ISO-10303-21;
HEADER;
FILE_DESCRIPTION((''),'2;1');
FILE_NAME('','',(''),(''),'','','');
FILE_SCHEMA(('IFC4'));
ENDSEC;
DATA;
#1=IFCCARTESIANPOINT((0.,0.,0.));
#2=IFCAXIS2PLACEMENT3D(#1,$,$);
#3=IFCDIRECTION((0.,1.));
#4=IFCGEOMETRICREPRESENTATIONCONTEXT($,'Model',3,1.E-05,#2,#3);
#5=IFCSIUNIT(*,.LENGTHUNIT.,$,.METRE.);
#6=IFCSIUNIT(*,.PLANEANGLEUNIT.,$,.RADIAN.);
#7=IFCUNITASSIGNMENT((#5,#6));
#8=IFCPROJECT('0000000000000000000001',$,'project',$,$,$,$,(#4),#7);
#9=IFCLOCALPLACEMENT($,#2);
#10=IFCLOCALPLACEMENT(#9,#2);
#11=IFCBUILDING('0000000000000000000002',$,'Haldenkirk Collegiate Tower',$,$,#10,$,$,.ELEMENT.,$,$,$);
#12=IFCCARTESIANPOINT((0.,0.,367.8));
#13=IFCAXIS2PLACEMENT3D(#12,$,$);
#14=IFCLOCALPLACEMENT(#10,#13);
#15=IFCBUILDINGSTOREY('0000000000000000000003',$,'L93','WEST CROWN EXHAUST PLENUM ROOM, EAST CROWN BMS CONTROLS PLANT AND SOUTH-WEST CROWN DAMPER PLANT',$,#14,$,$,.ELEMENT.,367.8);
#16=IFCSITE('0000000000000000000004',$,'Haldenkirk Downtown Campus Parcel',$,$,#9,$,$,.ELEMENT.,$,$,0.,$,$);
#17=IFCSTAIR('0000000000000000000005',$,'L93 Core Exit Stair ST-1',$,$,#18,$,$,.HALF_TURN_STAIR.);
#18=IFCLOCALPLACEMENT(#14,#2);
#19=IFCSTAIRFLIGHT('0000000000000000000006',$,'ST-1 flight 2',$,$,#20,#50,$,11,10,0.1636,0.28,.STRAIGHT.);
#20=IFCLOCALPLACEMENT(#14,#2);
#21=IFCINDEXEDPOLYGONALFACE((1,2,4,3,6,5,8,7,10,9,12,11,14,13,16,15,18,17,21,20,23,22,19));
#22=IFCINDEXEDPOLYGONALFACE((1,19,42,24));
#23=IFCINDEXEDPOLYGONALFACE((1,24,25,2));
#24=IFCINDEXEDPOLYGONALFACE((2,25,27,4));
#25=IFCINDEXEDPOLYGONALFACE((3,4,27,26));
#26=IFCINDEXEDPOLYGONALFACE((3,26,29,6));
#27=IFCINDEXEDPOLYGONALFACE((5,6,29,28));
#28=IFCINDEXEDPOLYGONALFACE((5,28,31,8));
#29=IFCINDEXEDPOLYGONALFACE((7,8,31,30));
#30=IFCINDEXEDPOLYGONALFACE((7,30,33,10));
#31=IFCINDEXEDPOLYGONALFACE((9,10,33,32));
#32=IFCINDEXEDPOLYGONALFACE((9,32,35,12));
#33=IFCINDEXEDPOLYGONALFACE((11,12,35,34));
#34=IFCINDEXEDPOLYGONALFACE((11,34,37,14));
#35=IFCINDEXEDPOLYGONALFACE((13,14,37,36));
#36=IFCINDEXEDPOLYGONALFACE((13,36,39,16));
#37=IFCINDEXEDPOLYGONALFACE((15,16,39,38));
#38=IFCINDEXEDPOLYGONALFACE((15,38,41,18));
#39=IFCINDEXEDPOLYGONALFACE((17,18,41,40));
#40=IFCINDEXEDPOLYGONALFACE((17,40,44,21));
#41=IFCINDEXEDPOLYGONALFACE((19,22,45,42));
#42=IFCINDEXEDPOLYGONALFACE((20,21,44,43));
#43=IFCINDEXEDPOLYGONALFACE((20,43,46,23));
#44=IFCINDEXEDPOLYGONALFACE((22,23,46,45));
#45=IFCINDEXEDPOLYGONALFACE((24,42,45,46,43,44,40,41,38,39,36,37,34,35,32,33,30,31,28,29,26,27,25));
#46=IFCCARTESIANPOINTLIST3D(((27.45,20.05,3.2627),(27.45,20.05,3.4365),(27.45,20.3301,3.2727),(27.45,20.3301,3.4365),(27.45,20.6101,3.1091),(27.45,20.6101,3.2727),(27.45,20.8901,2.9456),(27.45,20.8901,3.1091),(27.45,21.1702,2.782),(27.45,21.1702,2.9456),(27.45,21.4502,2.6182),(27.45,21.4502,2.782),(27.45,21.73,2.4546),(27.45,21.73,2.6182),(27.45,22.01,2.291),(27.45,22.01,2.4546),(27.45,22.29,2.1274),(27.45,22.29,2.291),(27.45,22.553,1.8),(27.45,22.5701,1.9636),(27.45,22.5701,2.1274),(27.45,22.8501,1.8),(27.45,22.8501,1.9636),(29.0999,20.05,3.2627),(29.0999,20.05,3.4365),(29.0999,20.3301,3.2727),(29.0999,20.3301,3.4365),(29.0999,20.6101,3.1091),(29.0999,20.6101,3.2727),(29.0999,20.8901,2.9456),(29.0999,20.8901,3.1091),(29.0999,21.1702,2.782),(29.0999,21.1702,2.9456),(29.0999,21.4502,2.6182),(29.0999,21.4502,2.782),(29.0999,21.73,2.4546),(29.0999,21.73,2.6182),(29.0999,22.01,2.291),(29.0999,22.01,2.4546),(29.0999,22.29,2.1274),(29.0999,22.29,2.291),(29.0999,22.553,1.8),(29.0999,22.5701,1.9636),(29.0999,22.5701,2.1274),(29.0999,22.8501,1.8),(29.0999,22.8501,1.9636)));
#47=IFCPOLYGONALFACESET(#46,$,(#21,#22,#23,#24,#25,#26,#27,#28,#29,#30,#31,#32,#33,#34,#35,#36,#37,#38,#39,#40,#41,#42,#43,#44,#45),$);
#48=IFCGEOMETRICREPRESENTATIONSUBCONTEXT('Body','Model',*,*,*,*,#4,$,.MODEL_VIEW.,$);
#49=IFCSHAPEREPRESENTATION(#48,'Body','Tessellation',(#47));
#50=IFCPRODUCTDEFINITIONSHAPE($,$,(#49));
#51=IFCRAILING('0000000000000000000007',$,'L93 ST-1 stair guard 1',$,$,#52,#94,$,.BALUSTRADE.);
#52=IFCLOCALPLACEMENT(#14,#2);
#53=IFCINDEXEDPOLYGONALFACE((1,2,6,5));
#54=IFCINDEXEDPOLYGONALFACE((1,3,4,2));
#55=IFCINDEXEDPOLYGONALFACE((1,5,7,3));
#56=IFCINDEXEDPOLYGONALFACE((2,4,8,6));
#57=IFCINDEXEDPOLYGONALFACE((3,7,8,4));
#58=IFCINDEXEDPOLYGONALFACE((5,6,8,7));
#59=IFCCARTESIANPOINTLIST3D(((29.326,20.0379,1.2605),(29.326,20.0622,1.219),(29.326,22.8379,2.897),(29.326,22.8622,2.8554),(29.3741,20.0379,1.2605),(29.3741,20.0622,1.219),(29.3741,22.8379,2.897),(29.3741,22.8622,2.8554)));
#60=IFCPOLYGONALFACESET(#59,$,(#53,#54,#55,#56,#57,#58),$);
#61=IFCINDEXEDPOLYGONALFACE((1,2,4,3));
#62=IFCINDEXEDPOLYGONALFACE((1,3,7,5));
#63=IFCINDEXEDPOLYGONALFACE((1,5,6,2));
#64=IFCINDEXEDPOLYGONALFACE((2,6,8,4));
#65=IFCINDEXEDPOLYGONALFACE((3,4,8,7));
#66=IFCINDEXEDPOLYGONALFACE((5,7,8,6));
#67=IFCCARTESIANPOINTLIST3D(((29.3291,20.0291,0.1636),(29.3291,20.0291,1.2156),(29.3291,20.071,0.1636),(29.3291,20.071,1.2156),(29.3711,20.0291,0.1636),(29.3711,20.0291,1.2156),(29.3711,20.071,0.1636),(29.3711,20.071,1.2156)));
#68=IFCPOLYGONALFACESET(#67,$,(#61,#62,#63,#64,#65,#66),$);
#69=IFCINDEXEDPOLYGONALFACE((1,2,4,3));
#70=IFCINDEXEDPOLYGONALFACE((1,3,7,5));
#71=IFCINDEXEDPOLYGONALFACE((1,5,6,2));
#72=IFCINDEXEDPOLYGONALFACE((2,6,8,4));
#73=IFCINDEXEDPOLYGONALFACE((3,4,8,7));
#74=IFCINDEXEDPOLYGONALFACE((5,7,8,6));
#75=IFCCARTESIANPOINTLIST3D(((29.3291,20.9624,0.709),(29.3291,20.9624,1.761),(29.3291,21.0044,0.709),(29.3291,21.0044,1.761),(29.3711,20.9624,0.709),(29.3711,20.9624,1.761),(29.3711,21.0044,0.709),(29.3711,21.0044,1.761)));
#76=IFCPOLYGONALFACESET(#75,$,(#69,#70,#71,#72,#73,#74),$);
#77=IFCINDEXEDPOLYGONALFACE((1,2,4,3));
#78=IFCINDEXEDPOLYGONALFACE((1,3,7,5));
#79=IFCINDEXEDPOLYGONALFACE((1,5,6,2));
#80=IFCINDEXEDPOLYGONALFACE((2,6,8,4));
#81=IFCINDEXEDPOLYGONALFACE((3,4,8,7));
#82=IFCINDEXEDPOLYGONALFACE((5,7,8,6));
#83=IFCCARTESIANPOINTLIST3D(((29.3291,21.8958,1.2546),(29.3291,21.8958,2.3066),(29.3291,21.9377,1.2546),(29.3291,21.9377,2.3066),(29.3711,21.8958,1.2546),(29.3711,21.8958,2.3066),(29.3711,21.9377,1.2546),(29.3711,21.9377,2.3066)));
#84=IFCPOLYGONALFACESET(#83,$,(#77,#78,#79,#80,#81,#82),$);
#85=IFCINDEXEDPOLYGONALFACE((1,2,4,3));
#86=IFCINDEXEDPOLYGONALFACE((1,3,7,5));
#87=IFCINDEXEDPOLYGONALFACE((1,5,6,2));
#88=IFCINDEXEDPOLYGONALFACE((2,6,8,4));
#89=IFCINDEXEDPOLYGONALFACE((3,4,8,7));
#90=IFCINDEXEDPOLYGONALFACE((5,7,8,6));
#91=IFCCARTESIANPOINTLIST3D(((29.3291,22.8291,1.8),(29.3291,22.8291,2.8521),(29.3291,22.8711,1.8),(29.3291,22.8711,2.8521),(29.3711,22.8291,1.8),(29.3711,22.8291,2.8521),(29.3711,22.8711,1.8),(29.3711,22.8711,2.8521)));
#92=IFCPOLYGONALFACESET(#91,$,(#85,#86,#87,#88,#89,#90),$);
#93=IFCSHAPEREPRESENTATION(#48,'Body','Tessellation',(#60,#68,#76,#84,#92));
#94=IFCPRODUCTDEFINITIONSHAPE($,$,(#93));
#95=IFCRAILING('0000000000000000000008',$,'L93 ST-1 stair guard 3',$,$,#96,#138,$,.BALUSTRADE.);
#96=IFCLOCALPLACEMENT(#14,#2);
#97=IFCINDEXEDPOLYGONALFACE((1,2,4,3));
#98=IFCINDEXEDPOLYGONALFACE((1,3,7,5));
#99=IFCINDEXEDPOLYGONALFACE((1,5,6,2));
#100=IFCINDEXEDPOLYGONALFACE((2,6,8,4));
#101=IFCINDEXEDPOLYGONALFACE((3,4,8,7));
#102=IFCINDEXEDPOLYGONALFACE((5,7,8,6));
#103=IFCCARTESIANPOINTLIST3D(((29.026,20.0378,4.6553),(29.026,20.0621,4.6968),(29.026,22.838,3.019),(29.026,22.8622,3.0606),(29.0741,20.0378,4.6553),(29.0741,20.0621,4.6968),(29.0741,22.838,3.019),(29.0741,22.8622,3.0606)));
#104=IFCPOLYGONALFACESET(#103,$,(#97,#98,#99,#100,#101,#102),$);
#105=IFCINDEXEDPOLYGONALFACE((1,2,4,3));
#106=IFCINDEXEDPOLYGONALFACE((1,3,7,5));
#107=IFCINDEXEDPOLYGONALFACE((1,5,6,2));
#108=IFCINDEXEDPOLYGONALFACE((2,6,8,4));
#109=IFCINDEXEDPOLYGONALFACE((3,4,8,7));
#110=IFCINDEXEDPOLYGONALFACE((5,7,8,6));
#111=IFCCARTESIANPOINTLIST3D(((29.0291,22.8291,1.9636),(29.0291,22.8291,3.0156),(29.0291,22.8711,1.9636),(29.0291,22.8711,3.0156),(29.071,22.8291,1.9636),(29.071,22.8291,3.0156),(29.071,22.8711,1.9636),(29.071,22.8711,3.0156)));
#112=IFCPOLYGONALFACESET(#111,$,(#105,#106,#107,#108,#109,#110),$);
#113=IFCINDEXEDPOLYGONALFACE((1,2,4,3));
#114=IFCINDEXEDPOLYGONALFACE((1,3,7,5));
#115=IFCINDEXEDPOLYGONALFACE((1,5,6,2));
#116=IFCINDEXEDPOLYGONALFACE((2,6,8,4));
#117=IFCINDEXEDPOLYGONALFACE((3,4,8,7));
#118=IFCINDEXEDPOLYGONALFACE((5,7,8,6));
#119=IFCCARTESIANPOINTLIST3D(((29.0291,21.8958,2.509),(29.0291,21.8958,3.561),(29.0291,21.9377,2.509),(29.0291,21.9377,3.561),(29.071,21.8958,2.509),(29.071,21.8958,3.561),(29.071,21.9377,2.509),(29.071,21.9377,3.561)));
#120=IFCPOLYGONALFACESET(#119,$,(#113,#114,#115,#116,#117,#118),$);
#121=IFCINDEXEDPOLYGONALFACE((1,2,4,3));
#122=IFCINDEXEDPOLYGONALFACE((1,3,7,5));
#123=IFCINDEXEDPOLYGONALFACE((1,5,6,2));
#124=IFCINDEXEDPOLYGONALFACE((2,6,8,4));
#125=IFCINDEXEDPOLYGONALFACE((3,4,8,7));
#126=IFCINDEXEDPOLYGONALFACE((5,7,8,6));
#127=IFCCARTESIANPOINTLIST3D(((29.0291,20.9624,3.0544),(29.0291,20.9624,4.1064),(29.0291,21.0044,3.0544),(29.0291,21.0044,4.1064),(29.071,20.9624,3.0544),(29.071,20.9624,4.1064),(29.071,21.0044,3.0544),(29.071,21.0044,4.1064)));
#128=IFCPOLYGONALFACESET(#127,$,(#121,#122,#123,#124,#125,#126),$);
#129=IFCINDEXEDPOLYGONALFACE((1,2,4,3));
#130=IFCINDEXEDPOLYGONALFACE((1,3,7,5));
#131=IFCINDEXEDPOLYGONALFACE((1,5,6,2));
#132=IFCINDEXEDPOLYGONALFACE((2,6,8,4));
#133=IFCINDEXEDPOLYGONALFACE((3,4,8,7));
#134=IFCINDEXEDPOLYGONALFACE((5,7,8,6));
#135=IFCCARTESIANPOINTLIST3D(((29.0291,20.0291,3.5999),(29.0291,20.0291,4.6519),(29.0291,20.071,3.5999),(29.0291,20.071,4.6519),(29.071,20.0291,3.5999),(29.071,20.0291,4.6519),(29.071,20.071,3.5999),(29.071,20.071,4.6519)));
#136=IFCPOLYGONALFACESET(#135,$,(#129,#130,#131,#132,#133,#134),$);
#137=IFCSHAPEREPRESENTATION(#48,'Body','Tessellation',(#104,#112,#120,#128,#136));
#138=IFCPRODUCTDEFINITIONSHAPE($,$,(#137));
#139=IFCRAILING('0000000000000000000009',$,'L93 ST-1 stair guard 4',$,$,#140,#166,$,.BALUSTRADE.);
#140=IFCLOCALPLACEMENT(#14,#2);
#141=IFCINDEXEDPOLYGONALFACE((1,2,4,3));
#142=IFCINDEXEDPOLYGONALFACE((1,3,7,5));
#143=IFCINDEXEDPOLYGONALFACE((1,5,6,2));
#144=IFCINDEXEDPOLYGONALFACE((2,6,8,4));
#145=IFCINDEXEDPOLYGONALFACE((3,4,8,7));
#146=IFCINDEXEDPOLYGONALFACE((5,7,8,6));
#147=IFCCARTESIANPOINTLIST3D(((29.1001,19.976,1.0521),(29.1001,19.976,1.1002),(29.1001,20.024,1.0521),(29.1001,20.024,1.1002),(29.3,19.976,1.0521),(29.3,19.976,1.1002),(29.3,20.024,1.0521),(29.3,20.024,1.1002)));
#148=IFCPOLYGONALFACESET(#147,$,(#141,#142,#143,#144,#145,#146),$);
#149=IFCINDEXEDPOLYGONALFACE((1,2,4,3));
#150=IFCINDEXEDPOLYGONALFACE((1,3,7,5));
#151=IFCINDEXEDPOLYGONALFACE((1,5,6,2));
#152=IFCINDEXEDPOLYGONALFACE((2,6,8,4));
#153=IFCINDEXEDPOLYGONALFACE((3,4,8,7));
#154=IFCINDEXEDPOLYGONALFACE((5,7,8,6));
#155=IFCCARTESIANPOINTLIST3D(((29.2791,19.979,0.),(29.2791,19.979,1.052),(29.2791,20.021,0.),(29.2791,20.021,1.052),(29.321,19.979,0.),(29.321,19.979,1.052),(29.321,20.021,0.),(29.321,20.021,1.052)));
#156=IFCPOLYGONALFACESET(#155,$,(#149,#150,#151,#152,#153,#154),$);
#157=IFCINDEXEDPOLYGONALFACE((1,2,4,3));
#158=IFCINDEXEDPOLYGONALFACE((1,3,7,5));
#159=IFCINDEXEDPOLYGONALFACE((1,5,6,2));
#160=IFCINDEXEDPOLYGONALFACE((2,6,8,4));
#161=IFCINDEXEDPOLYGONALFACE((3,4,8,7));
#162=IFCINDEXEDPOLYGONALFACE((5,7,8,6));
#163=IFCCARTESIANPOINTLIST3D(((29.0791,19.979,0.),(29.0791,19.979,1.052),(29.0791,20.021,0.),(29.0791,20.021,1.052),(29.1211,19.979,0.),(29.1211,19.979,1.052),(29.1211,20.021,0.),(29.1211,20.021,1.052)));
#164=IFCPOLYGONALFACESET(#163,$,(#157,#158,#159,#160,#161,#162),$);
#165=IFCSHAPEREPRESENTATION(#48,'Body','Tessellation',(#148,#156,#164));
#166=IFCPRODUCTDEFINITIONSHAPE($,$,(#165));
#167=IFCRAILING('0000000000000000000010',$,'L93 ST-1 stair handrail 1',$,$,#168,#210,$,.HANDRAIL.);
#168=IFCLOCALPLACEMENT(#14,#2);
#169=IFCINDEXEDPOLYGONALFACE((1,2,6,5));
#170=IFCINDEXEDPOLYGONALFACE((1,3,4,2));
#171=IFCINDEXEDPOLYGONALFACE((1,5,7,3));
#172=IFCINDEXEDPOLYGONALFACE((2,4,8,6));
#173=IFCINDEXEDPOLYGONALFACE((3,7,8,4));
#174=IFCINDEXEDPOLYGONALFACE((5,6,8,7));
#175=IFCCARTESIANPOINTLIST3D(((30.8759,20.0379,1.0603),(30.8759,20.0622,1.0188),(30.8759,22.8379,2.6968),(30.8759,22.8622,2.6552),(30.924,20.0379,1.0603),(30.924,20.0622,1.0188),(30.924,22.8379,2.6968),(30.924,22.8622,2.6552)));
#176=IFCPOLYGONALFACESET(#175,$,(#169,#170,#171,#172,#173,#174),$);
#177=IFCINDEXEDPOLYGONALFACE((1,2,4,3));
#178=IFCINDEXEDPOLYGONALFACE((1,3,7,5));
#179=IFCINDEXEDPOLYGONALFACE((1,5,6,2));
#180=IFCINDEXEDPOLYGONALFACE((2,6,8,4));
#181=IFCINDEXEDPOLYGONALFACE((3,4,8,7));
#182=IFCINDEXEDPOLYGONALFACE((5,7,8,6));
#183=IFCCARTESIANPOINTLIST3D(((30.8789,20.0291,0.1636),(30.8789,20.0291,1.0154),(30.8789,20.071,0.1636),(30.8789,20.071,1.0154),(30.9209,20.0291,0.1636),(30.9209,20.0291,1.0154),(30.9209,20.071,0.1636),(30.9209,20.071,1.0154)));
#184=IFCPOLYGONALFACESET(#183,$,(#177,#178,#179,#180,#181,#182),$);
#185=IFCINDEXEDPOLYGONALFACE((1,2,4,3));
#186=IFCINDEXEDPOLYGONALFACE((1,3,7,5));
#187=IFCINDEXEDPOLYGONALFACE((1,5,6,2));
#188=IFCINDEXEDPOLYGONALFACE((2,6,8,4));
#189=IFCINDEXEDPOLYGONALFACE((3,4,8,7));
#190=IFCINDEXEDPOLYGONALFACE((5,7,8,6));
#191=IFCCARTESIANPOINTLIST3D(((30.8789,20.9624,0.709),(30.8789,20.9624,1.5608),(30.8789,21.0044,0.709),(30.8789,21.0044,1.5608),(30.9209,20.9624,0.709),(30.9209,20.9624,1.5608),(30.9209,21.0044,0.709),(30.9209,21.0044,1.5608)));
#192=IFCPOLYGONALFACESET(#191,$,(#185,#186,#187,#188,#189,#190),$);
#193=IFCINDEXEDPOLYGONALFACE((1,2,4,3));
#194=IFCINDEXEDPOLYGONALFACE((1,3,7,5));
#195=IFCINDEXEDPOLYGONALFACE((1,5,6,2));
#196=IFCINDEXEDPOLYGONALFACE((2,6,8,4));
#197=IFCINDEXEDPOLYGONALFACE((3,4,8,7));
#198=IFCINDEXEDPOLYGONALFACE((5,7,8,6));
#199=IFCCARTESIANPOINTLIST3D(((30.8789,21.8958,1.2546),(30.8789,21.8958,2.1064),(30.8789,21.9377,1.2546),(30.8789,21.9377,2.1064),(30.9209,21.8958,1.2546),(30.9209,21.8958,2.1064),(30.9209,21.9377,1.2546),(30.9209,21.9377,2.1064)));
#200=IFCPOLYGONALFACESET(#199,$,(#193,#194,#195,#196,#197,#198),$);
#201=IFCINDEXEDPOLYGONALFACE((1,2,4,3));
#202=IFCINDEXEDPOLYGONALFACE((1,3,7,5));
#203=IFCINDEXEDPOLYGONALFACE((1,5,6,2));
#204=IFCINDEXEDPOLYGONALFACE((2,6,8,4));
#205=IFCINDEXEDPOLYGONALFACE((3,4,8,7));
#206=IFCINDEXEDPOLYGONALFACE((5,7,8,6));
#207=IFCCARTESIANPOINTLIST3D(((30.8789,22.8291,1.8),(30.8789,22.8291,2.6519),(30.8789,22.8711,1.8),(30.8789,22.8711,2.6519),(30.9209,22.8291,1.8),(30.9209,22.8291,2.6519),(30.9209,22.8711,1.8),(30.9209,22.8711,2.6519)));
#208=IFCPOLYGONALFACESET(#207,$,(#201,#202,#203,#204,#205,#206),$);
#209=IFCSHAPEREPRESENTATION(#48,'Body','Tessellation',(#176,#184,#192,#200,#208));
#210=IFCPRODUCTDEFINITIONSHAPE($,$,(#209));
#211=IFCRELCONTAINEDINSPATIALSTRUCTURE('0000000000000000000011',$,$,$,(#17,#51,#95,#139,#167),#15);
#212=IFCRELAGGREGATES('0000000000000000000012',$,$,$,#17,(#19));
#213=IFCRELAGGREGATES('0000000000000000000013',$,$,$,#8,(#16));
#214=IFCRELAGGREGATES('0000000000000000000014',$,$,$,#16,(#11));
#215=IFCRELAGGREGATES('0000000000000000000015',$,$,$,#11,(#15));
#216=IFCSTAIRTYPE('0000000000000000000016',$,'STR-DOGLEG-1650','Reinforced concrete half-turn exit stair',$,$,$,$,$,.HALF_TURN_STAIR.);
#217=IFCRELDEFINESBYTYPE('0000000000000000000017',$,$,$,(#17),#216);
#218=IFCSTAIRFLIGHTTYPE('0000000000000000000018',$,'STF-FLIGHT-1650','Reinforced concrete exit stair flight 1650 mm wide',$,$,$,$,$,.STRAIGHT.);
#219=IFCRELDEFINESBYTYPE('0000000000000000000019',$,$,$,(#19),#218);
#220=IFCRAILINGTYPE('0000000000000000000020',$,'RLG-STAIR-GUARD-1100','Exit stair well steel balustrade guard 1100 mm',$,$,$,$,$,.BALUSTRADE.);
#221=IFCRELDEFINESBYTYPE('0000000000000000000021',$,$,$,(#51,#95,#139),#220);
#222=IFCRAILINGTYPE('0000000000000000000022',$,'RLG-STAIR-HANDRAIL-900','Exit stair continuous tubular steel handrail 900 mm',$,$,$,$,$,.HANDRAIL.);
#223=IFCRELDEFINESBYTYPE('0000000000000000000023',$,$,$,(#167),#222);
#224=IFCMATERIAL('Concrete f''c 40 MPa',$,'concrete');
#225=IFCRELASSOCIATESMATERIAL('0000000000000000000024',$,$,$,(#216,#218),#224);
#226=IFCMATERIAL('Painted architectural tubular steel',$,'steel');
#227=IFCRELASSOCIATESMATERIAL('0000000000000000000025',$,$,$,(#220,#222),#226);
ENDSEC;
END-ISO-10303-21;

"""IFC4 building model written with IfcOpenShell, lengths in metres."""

from ifc_helpers import new_model, si_unit, direction, frame, origin, origin_2d, place, context, subcontext, project, spatial, polyline, rectangle, outline, extrude, material, type_object, element, aggregate, save


model = new_model("IFC4")

# Units and contexts
model_context = context("Model", 3, precision=1e-05, world=origin(), true_north=direction((0.0, 1.0)))
body_context = subcontext(model_context, "Body", "Model", "MODEL_VIEW")
ifc_project = project(units=[si_unit("LENGTHUNIT", "METRE"), si_unit("PLANEANGLEUNIT", "RADIAN")], contexts=[model_context])

# Site, building, storey
site_placement = place(None, origin())
site = spatial("IfcSite", under=ifc_project, at=site_placement, Name="Haldenkirk Downtown Campus Parcel", CompositionType="ELEMENT", RefElevation=0.0)
building_placement = place(site_placement, origin())
building = spatial("IfcBuilding", under=site, at=building_placement, Name="Haldenkirk Collegiate Tower", CompositionType="ELEMENT")
storey_placement = place(building_placement, frame((0.0, 0.0, 367.8)))
storey = spatial("IfcBuildingStorey", under=building, at=storey_placement, Name="L93", Description="WEST CROWN EXHAUST PLENUM ROOM, EAST CROWN BMS CONTROLS PLANT AND SOUTH-WEST CROWN DAMPER PLANT", CompositionType="ELEMENT", Elevation=367.8)

# Stair, stair flight
ifc_material_1 = material(Name="Concrete f'c 40 MPa", Category="concrete")
stair_type = type_object("IfcStairType", Name="STR-DOGLEG-1650", Description="Reinforced concrete half-turn exit stair", PredefinedType="HALF_TURN_STAIR", material=ifc_material_1)
stair_placement = place(storey_placement, origin())
stair = element("IfcStair", 1, at=stair_placement, inside=storey, type_object=stair_type, Name="L93 Core Exit Stair ST-1", PredefinedType="HALF_TURN_STAIR")
stair_flight_type = type_object("IfcStairFlightType", Name="STF-FLIGHT-1650", Description="Reinforced concrete exit stair flight 1650 mm wide", PredefinedType="STRAIGHT", material=ifc_material_1)
stair_flight_1_placement = place(storey_placement, frame((28.2749, 22.8501, 1.8), z_axis=(0.0, 0.0, 1.0), x_axis=(0.0, -1.0, 0.0)))
stair_flight_1 = element("IfcStairFlight", 2, at=stair_flight_1_placement, type_object=stair_flight_type, Name="ST-1 flight 2", NumberOfRisers=11, NumberOfTreads=10, PredefinedType="STRAIGHT", RiserHeight=0.1636, TreadLength=0.28, context=body_context, shape_type="SweptSolid", body=[
    extrude(outline(polyline([(0.0, 0.0), (0.0, 0.1636), (0.28, 0.1636), (0.28, 0.3274), (0.5601, 0.3274), (0.5601, 0.491), (0.8401, 0.491), (0.8401, 0.6545), (1.1201, 0.6545), (1.1201, 0.8181), (1.3999, 0.8181), (1.3999, 0.9819), (1.6799, 0.9819), (1.6799, 1.1455), (1.96, 1.1455), (1.96, 1.3091), (2.24, 1.3091), (2.24, 1.4727), (2.52, 1.4727), (2.52, 1.6365), (2.8, 1.6365), (2.8, 1.8), (2.8, 1.4626), (0.2971, 0.0), (0.0, 0.0)])), frame((0.0, 0.825, 0.0), z_axis=(0.0, -1.0, 0.0), x_axis=(1.0, 0.0, 0.0)), (0.0, 0.0, 1.0), 1.6499),
])
aggregate(stair, [stair_flight_1])

# Railings
ifc_material_2 = material(Name="Painted architectural tubular steel", Category="steel")
railing_type_1 = type_object("IfcRailingType", Name="RLG-STAIR-GUARD-1100", Description="Exit stair well steel balustrade guard 1100 mm", PredefinedType="BALUSTRADE", material=ifc_material_2)
railing_1_placement = place(storey_placement, frame((29.3501, 20.05, 0.1636)))
element("IfcRailing", 3, at=railing_1_placement, inside=storey, type_object=railing_type_1, Name="L93 ST-1 stair guard 1", PredefinedType="BALUSTRADE", context=body_context, shape_type="SweptSolid", body=[
    extrude(rectangle(XDim=0.0481, YDim=0.0481, at=origin_2d()), frame((0.0, 0.0, 1.0762), z_axis=(0.0, 0.863361, 0.504587), x_axis=(-1.0, 0.0, 0.0)), (0.0, 0.0, 1.0), 3.2432),
    extrude(rectangle(XDim=0.042, YDim=0.042, at=origin_2d()), origin(), (0.0, 0.0, 1.0), 1.052),
    extrude(rectangle(XDim=0.042, YDim=0.042, at=origin_2d()), frame((0.0, 0.9333, 0.5454)), (0.0, 0.0, 1.0), 1.052),
    extrude(rectangle(XDim=0.042, YDim=0.042, at=origin_2d()), frame((0.0, 1.8667, 1.0911)), (0.0, 0.0, 1.0), 1.052),
    extrude(rectangle(XDim=0.042, YDim=0.042, at=origin_2d()), frame((0.0, 2.8, 1.6365)), (0.0, 0.0, 1.0), 1.052),
])
railing_2_placement = place(storey_placement, frame((29.05, 22.8501, 1.9636)))
element("IfcRailing", 4, at=railing_2_placement, inside=storey, type_object=railing_type_1, Name="L93 ST-1 stair guard 3", PredefinedType="BALUSTRADE", context=body_context, shape_type="SweptSolid", body=[
    extrude(rectangle(XDim=0.0481, YDim=0.0481, at=origin_2d()), frame((0.0, 0.0, 1.0762), z_axis=(0.0, -0.863394, 0.504531), x_axis=(1.0, 0.0, 0.0)), (0.0, 0.0, 1.0), 3.2432),
    extrude(rectangle(XDim=0.042, YDim=0.042, at=origin_2d()), origin(), (0.0, 0.0, 1.0), 1.052),
    extrude(rectangle(XDim=0.042, YDim=0.042, at=origin_2d()), frame((0.0, -0.9333, 0.5454)), (0.0, 0.0, 1.0), 1.052),
    extrude(rectangle(XDim=0.042, YDim=0.042, at=origin_2d()), frame((0.0, -1.8667, 1.0908)), (0.0, 0.0, 1.0), 1.052),
    extrude(rectangle(XDim=0.042, YDim=0.042, at=origin_2d()), frame((0.0, -2.8, 1.6362)), (0.0, 0.0, 1.0), 1.052),
])
railing_3_placement = place(storey_placement, frame((29.3, 20.0, 0.0)))
element("IfcRailing", 5, at=railing_3_placement, inside=storey, type_object=railing_type_1, Name="L93 ST-1 stair guard 4", PredefinedType="BALUSTRADE", context=body_context, shape_type="SweptSolid", body=[
    extrude(rectangle(XDim=0.0481, YDim=0.0481, at=origin_2d()), frame((0.0, 0.0, 1.0762), z_axis=(-1.0, 0.0, 0.0), x_axis=(0.0, -1.0, 0.0)), (0.0, 0.0, 1.0), 0.2),
    extrude(rectangle(XDim=0.042, YDim=0.042, at=origin_2d()), origin(), (0.0, 0.0, 1.0), 1.052),
    extrude(rectangle(XDim=0.042, YDim=0.042, at=origin_2d()), frame((-0.2, 0.0, 0.0)), (0.0, 0.0, 1.0), 1.052),
])
railing_type_2 = type_object("IfcRailingType", Name="RLG-STAIR-HANDRAIL-900", Description="Exit stair continuous tubular steel handrail 900 mm", PredefinedType="HANDRAIL", material=ifc_material_2)
railing_4_placement = place(storey_placement, frame((30.8999, 20.05, 0.1636)))
element("IfcRailing", 6, at=railing_4_placement, inside=storey, type_object=railing_type_2, Name="L93 ST-1 stair handrail 1", PredefinedType="HANDRAIL", context=body_context, shape_type="SweptSolid", body=[
    extrude(rectangle(XDim=0.0481, YDim=0.0481, at=origin_2d()), frame((0.0, 0.0, 0.876), z_axis=(0.0, 0.863361, 0.504587), x_axis=(-1.0, 0.0, 0.0)), (0.0, 0.0, 1.0), 3.2432),
    extrude(rectangle(XDim=0.042, YDim=0.042, at=origin_2d()), origin(), (0.0, 0.0, 1.0), 0.8518),
    extrude(rectangle(XDim=0.042, YDim=0.042, at=origin_2d()), frame((0.0, 0.9333, 0.5454)), (0.0, 0.0, 1.0), 0.8518),
    extrude(rectangle(XDim=0.042, YDim=0.042, at=origin_2d()), frame((0.0, 1.8667, 1.0911)), (0.0, 0.0, 1.0), 0.8518),
    extrude(rectangle(XDim=0.042, YDim=0.042, at=origin_2d()), frame((0.0, 2.8, 1.6365)), (0.0, 0.0, 1.0), 0.8518),
])

save(model, "model.ifc")
